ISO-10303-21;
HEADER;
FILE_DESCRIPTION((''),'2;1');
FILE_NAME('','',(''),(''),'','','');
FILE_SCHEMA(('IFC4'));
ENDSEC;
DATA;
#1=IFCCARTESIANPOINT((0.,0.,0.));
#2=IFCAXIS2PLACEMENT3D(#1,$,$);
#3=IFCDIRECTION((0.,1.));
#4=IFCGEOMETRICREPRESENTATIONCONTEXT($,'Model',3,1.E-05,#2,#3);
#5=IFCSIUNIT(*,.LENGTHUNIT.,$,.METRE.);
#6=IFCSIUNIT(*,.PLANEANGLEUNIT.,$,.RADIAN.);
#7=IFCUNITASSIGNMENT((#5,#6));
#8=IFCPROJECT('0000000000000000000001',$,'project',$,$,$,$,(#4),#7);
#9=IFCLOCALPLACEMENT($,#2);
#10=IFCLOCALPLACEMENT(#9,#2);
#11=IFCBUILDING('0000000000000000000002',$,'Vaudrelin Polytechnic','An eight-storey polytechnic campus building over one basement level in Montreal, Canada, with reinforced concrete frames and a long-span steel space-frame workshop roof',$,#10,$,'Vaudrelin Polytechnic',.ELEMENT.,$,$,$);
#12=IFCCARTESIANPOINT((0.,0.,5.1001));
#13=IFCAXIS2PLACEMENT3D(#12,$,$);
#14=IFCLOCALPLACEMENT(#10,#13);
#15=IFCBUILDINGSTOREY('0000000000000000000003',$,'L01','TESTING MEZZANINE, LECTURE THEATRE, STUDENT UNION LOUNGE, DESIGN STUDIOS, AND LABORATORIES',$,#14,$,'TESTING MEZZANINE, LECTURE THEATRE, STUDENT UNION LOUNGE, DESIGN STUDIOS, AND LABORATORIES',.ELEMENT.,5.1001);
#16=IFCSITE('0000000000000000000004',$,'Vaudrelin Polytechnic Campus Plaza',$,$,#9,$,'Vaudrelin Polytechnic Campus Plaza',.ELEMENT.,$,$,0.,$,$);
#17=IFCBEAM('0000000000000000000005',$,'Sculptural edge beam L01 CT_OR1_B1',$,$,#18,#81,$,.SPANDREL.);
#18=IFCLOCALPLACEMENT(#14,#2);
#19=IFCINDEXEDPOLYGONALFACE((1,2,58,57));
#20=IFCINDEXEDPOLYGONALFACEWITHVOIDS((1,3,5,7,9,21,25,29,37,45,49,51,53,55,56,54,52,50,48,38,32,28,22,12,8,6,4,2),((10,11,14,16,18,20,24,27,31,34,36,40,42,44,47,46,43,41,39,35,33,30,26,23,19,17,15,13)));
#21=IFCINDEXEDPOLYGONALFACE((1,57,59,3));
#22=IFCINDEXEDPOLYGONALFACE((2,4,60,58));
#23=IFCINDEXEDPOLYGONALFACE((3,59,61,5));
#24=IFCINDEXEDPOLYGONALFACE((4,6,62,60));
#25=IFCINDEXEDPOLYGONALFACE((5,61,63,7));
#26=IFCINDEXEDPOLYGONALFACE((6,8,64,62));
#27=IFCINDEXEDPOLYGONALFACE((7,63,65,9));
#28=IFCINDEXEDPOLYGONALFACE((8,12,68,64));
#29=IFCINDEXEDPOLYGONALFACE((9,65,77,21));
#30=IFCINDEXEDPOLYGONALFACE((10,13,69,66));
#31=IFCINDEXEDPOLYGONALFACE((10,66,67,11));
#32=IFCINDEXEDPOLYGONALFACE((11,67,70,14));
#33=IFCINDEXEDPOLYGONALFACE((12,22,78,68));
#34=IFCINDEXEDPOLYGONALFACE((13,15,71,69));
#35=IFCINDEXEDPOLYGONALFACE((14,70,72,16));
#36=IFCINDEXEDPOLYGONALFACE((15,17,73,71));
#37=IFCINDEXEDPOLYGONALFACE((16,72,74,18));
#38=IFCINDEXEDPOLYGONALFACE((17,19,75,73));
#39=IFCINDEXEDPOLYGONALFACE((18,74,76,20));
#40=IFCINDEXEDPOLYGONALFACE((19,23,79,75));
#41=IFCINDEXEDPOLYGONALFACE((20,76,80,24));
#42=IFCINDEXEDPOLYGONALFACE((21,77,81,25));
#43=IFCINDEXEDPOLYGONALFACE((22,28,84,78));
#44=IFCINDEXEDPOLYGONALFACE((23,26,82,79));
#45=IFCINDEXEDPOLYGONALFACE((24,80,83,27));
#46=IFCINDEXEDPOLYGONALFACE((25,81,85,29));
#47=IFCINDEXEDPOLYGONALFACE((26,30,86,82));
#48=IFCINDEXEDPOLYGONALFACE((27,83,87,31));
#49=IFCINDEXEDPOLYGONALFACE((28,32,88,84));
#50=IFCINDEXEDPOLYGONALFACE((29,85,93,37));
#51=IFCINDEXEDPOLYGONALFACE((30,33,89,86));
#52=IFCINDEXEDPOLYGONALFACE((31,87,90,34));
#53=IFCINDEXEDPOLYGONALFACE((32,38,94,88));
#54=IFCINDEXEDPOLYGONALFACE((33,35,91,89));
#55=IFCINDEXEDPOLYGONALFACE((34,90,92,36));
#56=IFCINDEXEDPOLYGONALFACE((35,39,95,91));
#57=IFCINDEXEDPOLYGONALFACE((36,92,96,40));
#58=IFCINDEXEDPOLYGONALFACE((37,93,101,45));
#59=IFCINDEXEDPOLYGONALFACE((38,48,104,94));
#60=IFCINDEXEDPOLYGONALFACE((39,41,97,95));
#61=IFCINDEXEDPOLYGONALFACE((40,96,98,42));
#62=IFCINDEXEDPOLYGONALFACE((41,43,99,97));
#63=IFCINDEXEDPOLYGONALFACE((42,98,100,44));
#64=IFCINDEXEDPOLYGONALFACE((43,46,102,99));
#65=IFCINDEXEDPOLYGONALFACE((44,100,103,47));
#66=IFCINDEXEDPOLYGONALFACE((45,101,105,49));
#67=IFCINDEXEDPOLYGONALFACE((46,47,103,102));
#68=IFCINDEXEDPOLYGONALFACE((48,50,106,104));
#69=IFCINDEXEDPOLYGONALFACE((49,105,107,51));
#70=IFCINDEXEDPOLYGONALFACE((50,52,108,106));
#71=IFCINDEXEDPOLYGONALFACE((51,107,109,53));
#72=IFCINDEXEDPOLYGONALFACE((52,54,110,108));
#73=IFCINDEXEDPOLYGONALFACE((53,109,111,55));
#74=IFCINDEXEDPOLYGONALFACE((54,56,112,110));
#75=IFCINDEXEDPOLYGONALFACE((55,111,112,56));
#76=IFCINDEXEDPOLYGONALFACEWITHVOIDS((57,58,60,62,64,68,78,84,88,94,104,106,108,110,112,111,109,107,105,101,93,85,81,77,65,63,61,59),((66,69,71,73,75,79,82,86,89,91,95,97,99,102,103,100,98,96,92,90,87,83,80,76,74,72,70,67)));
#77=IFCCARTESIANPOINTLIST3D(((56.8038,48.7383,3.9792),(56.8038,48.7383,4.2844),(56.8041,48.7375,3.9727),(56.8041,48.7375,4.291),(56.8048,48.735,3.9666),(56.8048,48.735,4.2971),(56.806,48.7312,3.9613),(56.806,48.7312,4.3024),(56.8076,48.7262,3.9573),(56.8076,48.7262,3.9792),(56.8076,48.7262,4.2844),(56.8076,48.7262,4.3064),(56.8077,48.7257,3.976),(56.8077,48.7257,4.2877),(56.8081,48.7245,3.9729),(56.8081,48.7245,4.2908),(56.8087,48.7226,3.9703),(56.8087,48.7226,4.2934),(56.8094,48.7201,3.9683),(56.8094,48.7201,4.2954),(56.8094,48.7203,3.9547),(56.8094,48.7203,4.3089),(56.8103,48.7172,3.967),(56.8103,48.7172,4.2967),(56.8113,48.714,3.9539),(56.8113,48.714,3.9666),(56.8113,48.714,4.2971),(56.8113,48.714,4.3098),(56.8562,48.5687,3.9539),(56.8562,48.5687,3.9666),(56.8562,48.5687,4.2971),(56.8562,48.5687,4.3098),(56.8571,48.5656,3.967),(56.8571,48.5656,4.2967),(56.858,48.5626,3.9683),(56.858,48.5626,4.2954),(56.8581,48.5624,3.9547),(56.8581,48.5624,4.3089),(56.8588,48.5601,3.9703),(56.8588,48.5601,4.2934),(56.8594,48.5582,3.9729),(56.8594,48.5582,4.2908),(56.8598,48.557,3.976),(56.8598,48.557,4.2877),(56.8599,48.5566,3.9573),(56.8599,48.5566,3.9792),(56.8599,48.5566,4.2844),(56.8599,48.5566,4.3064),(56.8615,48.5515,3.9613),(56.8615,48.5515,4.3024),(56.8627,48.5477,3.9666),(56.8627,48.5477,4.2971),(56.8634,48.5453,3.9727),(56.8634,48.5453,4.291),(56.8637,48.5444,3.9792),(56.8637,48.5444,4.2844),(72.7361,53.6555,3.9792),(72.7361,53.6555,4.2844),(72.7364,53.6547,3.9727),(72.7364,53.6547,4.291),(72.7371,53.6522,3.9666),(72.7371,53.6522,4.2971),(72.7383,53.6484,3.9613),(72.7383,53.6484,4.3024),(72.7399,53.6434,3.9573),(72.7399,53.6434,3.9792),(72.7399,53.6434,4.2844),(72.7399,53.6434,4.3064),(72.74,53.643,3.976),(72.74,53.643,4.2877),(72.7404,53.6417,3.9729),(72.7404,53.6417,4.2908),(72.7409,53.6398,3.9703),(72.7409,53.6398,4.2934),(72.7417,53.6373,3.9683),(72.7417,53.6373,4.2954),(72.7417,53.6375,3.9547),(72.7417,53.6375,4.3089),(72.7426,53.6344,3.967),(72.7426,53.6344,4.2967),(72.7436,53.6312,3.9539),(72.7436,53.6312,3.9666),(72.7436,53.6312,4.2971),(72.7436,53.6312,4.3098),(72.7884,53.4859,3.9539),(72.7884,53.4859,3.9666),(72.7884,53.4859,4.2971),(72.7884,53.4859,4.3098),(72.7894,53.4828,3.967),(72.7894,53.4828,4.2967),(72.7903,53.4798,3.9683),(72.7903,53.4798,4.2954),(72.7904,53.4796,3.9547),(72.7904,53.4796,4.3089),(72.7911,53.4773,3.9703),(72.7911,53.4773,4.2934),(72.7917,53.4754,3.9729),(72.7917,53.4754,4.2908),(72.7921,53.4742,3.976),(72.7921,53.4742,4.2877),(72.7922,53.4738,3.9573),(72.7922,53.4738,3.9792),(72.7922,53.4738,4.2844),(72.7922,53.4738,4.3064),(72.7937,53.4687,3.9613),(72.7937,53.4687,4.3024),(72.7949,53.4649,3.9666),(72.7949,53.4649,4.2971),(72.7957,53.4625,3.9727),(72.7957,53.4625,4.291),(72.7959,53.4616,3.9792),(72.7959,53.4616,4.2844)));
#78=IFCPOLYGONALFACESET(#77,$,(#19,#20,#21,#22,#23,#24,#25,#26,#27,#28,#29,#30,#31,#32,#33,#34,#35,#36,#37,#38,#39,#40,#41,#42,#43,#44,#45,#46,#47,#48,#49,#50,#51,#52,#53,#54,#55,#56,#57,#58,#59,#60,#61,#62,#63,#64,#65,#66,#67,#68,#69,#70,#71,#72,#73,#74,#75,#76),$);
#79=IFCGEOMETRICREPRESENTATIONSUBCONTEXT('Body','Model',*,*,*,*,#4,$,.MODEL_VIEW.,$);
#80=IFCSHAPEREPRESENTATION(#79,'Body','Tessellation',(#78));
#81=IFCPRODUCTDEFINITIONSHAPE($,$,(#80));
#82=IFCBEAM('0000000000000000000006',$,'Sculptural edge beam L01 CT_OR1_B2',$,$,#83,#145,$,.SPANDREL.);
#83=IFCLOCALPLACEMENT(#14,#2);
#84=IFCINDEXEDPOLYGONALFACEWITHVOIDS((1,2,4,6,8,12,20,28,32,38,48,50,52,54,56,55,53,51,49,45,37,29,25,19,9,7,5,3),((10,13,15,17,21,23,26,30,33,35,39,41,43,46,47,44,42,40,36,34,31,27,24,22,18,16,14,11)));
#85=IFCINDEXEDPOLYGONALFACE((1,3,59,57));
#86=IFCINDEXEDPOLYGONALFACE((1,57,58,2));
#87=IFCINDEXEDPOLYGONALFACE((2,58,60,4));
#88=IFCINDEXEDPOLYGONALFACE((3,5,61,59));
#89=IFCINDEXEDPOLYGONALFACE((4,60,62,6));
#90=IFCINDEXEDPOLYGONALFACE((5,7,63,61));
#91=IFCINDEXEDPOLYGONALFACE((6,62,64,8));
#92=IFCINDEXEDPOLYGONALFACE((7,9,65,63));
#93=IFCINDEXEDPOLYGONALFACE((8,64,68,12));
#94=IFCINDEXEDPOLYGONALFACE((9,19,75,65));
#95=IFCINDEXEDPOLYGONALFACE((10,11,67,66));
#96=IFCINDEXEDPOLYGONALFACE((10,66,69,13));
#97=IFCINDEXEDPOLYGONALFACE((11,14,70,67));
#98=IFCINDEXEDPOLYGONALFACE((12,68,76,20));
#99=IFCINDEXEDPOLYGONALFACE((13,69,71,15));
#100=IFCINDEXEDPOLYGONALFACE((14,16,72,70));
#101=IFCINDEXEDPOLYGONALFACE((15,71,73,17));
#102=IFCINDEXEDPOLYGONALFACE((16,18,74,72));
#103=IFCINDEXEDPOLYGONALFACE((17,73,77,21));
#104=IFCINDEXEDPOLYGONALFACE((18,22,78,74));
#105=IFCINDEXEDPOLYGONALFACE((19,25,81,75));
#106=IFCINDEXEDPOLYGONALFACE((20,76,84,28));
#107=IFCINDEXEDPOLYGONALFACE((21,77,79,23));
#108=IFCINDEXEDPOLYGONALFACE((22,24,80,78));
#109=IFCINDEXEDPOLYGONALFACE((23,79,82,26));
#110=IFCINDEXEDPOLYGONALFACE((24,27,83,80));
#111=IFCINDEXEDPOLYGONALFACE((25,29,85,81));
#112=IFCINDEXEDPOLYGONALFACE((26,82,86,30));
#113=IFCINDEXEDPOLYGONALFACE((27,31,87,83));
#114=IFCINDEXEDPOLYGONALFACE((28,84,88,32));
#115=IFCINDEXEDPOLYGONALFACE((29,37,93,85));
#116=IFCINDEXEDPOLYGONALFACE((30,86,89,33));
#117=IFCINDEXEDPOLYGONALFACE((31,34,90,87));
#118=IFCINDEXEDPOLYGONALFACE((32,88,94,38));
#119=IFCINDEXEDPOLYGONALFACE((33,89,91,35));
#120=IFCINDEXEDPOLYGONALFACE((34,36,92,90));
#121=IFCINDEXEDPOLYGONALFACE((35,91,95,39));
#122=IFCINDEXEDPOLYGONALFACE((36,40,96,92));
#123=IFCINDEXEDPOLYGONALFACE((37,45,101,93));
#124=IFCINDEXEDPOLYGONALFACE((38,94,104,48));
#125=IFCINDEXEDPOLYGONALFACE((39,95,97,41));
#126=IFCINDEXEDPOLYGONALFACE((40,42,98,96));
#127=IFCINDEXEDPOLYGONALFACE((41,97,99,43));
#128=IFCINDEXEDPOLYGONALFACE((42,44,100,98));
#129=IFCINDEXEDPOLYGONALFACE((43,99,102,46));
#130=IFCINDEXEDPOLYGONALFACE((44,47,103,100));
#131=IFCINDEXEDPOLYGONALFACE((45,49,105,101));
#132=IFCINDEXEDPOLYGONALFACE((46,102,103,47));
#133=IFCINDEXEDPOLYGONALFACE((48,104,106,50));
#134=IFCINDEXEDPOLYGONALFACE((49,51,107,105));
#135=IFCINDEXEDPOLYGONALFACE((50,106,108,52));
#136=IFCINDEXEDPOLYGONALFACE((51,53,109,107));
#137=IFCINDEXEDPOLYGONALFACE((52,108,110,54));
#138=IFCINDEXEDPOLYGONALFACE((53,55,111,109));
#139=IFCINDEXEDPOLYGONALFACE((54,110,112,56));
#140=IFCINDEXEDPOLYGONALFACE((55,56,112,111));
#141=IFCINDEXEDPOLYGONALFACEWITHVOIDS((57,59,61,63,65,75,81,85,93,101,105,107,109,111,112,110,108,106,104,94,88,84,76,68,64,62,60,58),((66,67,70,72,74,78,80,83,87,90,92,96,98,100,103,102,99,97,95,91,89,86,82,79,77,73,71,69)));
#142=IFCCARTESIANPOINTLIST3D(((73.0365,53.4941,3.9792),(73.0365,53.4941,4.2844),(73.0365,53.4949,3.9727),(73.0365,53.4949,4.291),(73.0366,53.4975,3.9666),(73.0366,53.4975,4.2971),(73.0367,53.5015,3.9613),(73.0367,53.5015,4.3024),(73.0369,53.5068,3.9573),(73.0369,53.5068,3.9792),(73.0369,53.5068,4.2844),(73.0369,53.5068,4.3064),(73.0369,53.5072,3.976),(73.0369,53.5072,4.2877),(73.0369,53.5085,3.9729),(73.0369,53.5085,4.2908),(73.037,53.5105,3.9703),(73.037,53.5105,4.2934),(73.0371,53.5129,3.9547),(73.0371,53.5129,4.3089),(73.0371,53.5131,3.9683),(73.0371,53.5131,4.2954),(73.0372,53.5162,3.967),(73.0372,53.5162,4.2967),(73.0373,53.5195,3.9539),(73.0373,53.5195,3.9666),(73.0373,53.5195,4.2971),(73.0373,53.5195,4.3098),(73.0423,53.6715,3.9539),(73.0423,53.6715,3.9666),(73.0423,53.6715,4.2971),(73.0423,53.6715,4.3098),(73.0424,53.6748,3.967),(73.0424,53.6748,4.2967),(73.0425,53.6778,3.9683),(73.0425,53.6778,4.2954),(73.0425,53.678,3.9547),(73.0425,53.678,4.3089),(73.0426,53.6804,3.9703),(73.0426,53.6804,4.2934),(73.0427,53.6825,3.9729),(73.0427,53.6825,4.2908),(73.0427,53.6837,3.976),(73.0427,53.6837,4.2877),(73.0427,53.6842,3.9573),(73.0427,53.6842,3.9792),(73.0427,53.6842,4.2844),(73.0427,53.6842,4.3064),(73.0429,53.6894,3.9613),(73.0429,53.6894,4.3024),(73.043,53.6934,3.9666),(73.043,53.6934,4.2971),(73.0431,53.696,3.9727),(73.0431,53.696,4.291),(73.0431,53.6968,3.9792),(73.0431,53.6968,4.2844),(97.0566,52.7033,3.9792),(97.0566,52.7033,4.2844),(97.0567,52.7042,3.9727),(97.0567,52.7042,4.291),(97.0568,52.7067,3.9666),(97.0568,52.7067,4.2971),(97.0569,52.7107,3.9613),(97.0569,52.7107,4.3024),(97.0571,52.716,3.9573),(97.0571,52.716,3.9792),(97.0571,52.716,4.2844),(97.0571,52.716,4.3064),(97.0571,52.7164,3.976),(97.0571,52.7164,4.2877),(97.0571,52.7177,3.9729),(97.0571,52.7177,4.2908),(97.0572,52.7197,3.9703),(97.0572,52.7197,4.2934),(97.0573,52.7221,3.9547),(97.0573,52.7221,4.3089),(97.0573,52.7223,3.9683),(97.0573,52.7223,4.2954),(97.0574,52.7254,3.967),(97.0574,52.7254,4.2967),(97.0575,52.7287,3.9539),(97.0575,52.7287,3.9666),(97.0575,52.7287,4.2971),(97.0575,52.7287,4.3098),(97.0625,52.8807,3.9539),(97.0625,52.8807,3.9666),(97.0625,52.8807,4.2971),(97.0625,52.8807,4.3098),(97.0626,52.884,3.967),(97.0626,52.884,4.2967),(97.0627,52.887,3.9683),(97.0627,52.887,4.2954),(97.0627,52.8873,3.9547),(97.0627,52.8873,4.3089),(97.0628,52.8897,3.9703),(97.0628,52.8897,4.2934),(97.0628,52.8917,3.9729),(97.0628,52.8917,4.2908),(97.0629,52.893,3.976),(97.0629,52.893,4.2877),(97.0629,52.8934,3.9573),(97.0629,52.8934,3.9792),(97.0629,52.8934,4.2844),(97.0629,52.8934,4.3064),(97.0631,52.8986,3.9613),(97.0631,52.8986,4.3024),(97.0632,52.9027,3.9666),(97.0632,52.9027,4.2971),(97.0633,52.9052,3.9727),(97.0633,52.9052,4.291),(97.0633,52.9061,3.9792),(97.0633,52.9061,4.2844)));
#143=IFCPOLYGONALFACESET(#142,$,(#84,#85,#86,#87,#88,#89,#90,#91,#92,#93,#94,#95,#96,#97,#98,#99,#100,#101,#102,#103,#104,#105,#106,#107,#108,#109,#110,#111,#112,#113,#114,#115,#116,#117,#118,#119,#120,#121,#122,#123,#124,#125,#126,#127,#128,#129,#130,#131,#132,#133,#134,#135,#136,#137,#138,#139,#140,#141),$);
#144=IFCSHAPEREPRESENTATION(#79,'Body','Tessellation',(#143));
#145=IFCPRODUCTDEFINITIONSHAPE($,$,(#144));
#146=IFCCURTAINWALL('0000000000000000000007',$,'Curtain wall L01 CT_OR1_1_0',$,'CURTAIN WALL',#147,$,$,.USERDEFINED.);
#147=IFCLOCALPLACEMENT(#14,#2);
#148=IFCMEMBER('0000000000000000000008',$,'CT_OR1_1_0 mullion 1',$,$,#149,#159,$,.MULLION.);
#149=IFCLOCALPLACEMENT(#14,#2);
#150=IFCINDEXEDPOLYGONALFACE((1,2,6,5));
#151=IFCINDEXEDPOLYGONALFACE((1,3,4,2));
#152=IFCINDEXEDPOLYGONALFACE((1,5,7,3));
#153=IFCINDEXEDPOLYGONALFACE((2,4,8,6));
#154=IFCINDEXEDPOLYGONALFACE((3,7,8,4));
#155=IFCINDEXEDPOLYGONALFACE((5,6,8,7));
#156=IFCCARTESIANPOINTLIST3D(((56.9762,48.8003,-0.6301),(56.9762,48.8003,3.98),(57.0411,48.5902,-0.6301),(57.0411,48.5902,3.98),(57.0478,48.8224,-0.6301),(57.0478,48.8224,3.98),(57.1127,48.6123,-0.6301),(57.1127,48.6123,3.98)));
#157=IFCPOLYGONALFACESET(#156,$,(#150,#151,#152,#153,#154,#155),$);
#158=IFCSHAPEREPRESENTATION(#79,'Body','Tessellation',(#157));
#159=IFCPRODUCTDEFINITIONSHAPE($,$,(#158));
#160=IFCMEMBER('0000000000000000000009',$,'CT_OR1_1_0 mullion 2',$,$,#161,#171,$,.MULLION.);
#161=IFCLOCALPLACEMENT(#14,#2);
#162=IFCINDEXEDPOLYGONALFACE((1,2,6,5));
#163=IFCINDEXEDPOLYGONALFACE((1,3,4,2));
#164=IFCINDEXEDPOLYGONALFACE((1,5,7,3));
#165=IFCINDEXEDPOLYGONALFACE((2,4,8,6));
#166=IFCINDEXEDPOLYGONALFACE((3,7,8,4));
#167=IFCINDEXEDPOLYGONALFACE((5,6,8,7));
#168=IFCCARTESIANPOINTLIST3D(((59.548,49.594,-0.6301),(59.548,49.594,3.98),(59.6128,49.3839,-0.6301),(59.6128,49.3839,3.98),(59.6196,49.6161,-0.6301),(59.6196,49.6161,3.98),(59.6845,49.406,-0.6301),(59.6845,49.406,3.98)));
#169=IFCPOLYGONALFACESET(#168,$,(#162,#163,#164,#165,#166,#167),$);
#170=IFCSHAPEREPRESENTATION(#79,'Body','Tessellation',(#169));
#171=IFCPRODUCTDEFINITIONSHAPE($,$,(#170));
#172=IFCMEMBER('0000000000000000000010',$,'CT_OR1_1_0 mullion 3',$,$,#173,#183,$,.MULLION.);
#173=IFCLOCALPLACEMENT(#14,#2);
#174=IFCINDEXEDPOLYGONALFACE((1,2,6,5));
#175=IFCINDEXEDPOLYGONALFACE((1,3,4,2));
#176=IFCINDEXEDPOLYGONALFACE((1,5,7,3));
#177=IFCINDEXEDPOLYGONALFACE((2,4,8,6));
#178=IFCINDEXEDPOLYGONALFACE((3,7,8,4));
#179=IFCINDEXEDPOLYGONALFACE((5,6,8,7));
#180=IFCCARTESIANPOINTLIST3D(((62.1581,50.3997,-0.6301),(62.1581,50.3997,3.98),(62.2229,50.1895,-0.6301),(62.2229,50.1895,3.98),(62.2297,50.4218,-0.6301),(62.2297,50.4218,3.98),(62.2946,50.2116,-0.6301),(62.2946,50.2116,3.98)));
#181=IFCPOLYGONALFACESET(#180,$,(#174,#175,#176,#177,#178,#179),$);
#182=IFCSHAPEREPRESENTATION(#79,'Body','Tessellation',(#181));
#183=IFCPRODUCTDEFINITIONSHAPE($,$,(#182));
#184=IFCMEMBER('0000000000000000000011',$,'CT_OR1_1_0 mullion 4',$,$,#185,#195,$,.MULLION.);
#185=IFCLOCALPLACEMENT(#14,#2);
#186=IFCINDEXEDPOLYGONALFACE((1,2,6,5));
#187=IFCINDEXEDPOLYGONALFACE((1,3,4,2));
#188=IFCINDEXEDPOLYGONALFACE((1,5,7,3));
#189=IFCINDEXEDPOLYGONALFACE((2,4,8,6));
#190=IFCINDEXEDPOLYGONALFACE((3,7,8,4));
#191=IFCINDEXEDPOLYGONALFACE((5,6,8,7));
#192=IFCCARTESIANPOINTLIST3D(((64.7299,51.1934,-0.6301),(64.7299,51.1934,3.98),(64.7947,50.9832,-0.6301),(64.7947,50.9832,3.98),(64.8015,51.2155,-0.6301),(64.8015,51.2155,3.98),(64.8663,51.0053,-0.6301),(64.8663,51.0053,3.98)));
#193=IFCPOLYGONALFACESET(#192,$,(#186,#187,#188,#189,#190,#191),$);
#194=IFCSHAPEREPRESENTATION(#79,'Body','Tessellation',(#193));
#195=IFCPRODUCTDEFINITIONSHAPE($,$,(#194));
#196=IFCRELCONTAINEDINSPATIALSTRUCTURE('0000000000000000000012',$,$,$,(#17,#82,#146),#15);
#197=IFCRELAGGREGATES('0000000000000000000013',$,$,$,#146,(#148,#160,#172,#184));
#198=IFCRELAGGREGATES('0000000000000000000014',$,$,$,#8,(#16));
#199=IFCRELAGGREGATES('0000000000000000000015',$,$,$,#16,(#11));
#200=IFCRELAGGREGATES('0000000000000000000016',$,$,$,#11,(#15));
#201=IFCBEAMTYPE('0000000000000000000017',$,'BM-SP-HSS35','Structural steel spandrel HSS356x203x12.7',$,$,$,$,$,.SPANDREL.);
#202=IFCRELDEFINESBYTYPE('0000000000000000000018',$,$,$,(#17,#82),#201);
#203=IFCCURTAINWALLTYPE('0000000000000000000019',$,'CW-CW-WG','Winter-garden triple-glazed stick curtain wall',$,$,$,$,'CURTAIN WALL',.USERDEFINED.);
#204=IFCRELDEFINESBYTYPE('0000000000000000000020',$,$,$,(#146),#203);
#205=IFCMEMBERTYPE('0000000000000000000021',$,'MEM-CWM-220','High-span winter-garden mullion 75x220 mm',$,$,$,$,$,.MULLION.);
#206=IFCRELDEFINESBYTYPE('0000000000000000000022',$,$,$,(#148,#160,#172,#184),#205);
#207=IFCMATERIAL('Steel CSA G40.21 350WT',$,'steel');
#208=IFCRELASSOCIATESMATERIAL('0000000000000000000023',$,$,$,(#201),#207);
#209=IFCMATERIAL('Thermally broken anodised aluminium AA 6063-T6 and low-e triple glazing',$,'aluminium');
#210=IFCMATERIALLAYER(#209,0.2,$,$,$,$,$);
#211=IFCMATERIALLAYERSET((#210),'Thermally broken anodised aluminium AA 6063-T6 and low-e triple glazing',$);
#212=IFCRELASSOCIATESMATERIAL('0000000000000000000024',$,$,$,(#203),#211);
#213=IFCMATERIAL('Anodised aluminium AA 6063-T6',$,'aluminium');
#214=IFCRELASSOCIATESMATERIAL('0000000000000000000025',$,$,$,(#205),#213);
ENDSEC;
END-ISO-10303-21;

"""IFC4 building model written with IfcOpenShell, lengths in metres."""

from ifc_helpers import new_model, si_unit, direction, frame, origin, origin_2d, place, context, subcontext, project, spatial, rectangle, hollow_rectangle, extrude, material, layer, layer_set, material_profile, profile_set, type_object, element, aggregate, save


model = new_model("IFC4")

# Units and contexts
model_context = context("Model", 3, precision=1e-05, world=origin(), true_north=direction((0.0, 1.0)))
body_context = subcontext(model_context, "Body", "Model", "MODEL_VIEW")
ifc_project = project(units=[si_unit("LENGTHUNIT", "METRE"), si_unit("PLANEANGLEUNIT", "RADIAN")], contexts=[model_context])

# Site, building, storey
site_placement = place(None, origin())
site = spatial("IfcSite", under=ifc_project, at=site_placement, Name="Vaudrelin Polytechnic Campus Plaza", LongName="Vaudrelin Polytechnic Campus Plaza", CompositionType="ELEMENT", RefElevation=0.0)
building_placement = place(site_placement, origin())
building = spatial("IfcBuilding", under=site, at=building_placement, Name="Vaudrelin Polytechnic", Description="An eight-storey polytechnic campus building over one basement level in Montreal, Canada, with reinforced concrete frames and a long-span steel space-frame workshop roof", LongName="Vaudrelin Polytechnic", CompositionType="ELEMENT")
storey_placement = place(building_placement, frame((0.0, 0.0, 5.1001)))
storey = spatial("IfcBuildingStorey", under=building, at=storey_placement, Name="L01", Description="TESTING MEZZANINE, LECTURE THEATRE, STUDENT UNION LOUNGE, DESIGN STUDIOS, AND LABORATORIES", LongName="TESTING MEZZANINE, LECTURE THEATRE, STUDENT UNION LOUNGE, DESIGN STUDIOS, AND LABORATORIES", CompositionType="ELEMENT", Elevation=5.1001)

# Shared definitions
ifc_material_1 = material(Name="Steel CSA G40.21 350WT", Category="steel")

# Beams
ifc_material_profile_1 = material_profile(ifc_material_1, hollow_rectangle(XDim=0.2029, YDim=0.356, WallThickness=0.0127, InnerFilletRadius=0.0127, OuterFilletRadius=0.0254, at=origin_2d()), Name="HSS356x203x12.7")
ifc_profile_set_1 = profile_set([ifc_material_profile_1], Name="Steel CSA G40.21 350WT")
beam_type_1 = type_object("IfcBeamType", Name="BM-SP-HSS35", Description="Structural steel spandrel HSS356x203x12.7", PredefinedType="SPANDREL", material=ifc_profile_set_1)
beam_1_placement = place(storey_placement, frame((56.8337, 48.6414, 4.1318), z_axis=(0.955526, 0.294906, 0.0), x_axis=(-0.294906, 0.955526, 0.0)))
element("IfcBeam", 1, at=beam_1_placement, inside=storey, type_object=beam_type_1, Name="Sculptural edge beam L01 CT_OR1_B1", PredefinedType="SPANDREL", context=body_context, shape_type="SweptSolid", body=[
    extrude(hollow_rectangle(XDim=0.2029, YDim=0.356, WallThickness=0.0127, InnerFilletRadius=0.0127, OuterFilletRadius=0.0254, at=origin_2d()), origin(), (0.0, 0.0, 1.0), 16.6738),
])
beam_2_placement = place(storey_placement, frame((73.0398, 53.5955, 4.1318), z_axis=(0.999459, -0.032903, 0.0), x_axis=(0.032903, 0.999459, 0.0)))
element("IfcBeam", 2, at=beam_2_placement, inside=storey, type_object=beam_type_1, Name="Sculptural edge beam L01 CT_OR1_B2", PredefinedType="SPANDREL", context=body_context, shape_type="SweptSolid", body=[
    extrude(hollow_rectangle(XDim=0.2029, YDim=0.356, WallThickness=0.0127, InnerFilletRadius=0.0127, OuterFilletRadius=0.0254, at=origin_2d()), origin(), (0.0, 0.0, 1.0), 24.0332),
])

# Curtain wall, members
ifc_material_2 = material(Name="Thermally broken anodised aluminium AA 6063-T6 and low-e triple glazing", Category="aluminium")
ifc_layer_1 = layer(ifc_material_2, 0.2)
ifc_layer_set_1 = layer_set([ifc_layer_1], Name="Thermally broken anodised aluminium AA 6063-T6 and low-e triple glazing")
curtain_wall_type = type_object("IfcCurtainWallType", Name="CW-CW-WG", Description="Winter-garden triple-glazed stick curtain wall", ElementType="CURTAIN WALL", PredefinedType="USERDEFINED", material=ifc_layer_set_1)
curtain_wall_1_placement = place(storey_placement, origin())
curtain_wall_1 = element("IfcCurtainWall", 3, at=curtain_wall_1_placement, inside=storey, type_object=curtain_wall_type, Name="Curtain wall L01 CT_OR1_1_0", ObjectType="CURTAIN WALL", PredefinedType="USERDEFINED")
ifc_material_3 = material(Name="Anodised aluminium AA 6063-T6", Category="aluminium")
ifc_material_profile_2 = material_profile(ifc_material_3, rectangle(XDim=0.075, YDim=0.22, at=origin_2d()), Name="CWM-75x220")
ifc_profile_set_2 = profile_set([ifc_material_profile_2], Name="Anodised aluminium AA 6063-T6")
member_type_1 = type_object("IfcMemberType", Name="MEM-CWM-220", Description="High-span winter-garden mullion 75x220 mm", PredefinedType="MULLION", material=ifc_profile_set_2)
member_1_placement = place(storey_placement, frame((57.0444, 48.7063, -0.6301), z_axis=(0.0, 0.0, 1.0), x_axis=(0.955524, 0.294915, 0.0)))
member_1 = element("IfcMember", 4, at=member_1_placement, type_object=member_type_1, Name="CT_OR1_1_0 mullion 1", PredefinedType="MULLION", context=body_context, shape_type="SweptSolid", body=[
    extrude(rectangle(XDim=0.075, YDim=0.22, at=origin_2d()), origin(), (0.0, 0.0, 1.0), 4.6101),
])
member_2_placement = place(storey_placement, frame((59.6162, 49.5, -0.6301), z_axis=(0.0, 0.0, 1.0), x_axis=(0.955524, 0.294915, 0.0)))
member_2 = element("IfcMember", 5, at=member_2_placement, type_object=member_type_1, Name="CT_OR1_1_0 mullion 2", PredefinedType="MULLION", context=body_context, shape_type="SweptSolid", body=[
    extrude(rectangle(XDim=0.075, YDim=0.22, at=origin_2d()), origin(), (0.0, 0.0, 1.0), 4.6101),
])
member_3_placement = place(storey_placement, frame((62.2263, 50.3057, -0.6301), z_axis=(0.0, 0.0, 1.0), x_axis=(0.955524, 0.294915, 0.0)))
member_3 = element("IfcMember", 6, at=member_3_placement, type_object=member_type_1, Name="CT_OR1_1_0 mullion 3", PredefinedType="MULLION", context=body_context, shape_type="SweptSolid", body=[
    extrude(rectangle(XDim=0.075, YDim=0.22, at=origin_2d()), origin(), (0.0, 0.0, 1.0), 4.6101),
])
member_4_placement = place(storey_placement, frame((64.7981, 51.0994, -0.6301), z_axis=(0.0, 0.0, 1.0), x_axis=(0.955524, 0.294915, 0.0)))
member_4 = element("IfcMember", 7, at=member_4_placement, type_object=member_type_1, Name="CT_OR1_1_0 mullion 4", PredefinedType="MULLION", context=body_context, shape_type="SweptSolid", body=[
    extrude(rectangle(XDim=0.075, YDim=0.22, at=origin_2d()), origin(), (0.0, 0.0, 1.0), 4.6101),
])

aggregate(curtain_wall_1, [member_1, member_2, member_3, member_4])

save(model, "model.ifc")
